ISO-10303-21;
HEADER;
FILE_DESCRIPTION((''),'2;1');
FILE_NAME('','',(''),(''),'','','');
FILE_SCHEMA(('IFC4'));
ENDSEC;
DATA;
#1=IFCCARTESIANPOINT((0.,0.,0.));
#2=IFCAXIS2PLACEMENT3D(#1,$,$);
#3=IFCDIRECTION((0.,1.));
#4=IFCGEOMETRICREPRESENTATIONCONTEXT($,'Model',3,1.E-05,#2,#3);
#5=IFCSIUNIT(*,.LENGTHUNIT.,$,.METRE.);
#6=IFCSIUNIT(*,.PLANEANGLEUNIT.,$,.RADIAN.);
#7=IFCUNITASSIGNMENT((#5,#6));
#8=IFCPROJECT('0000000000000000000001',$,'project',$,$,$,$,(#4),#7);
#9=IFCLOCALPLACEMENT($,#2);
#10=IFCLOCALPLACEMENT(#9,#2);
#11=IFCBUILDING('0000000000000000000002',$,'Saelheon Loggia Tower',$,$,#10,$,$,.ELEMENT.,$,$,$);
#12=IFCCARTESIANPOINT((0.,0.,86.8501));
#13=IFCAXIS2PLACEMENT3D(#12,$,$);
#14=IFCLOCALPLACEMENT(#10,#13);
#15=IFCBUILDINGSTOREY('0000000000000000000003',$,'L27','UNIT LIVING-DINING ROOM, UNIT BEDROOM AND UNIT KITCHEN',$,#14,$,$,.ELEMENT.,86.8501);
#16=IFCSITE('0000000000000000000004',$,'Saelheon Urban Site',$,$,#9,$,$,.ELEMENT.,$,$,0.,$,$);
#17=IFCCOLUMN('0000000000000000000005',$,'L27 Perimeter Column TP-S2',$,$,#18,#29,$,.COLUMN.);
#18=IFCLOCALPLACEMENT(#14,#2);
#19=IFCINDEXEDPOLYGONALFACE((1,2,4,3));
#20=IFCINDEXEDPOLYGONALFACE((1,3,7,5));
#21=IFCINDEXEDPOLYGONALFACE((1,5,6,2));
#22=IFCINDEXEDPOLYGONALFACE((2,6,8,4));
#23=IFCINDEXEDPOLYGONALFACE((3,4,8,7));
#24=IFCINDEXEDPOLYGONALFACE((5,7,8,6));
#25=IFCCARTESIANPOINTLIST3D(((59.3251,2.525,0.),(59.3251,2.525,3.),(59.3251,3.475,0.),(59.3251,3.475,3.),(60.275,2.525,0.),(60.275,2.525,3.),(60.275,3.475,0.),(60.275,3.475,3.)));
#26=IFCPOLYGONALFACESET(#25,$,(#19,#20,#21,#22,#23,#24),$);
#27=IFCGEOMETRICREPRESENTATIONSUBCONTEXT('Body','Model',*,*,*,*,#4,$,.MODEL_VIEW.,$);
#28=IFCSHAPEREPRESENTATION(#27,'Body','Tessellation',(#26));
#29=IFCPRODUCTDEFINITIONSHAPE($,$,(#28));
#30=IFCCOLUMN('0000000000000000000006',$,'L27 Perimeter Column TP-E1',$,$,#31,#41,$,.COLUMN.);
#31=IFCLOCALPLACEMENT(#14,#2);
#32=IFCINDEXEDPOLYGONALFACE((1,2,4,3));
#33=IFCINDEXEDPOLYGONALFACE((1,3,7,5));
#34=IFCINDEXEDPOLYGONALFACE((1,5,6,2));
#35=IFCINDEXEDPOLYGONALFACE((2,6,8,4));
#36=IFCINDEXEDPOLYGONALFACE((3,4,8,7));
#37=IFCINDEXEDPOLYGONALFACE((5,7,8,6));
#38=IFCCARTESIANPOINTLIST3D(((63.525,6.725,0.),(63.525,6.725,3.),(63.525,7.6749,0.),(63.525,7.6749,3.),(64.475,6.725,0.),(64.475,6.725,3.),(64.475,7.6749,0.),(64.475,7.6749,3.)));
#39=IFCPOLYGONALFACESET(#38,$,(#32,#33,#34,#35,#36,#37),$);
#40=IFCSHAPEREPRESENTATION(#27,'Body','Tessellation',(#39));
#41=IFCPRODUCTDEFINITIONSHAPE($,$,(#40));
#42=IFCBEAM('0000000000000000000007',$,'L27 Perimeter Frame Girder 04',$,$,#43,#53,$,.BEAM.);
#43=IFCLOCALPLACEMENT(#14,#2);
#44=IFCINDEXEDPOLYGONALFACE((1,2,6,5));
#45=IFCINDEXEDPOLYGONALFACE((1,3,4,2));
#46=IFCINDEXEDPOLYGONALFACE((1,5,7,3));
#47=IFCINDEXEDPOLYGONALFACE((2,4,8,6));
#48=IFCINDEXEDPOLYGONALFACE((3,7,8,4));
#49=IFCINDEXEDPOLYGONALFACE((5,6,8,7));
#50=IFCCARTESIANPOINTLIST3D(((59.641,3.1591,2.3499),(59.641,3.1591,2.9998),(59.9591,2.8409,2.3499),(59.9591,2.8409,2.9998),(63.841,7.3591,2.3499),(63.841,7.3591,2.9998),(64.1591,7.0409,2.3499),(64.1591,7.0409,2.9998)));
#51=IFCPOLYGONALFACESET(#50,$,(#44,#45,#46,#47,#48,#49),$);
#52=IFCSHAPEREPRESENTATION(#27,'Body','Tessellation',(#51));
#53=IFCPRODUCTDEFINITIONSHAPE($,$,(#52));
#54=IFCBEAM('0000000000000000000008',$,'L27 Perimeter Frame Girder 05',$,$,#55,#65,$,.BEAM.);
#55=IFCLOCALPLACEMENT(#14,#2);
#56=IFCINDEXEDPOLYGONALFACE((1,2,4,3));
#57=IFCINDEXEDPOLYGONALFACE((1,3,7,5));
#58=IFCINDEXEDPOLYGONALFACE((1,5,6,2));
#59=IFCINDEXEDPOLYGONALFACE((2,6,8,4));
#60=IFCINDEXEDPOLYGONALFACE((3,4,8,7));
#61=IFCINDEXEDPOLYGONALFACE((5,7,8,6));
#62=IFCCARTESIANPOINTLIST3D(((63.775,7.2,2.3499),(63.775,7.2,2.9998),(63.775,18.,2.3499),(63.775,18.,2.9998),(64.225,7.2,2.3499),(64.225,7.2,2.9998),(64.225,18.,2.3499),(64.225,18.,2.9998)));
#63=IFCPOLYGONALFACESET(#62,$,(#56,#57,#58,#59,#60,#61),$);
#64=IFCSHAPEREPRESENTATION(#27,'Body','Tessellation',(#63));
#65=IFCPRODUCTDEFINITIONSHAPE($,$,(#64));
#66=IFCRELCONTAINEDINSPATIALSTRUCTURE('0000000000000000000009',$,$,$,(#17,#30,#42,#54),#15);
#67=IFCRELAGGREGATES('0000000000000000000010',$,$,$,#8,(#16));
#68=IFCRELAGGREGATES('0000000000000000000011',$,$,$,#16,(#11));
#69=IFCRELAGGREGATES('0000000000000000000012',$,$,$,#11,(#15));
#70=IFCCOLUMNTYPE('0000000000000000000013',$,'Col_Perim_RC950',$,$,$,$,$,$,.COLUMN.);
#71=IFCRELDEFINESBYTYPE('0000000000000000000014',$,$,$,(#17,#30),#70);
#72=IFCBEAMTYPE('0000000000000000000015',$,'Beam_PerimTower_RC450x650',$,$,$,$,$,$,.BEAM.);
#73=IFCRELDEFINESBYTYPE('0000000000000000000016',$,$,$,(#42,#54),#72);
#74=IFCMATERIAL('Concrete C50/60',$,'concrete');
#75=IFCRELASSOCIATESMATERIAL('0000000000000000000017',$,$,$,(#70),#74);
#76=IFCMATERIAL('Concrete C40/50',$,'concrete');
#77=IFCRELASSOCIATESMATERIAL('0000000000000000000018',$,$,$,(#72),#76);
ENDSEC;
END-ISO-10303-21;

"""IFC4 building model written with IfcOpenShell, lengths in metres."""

from ifc_helpers import new_model, si_unit, direction, frame, origin, origin_2d, place, context, subcontext, project, spatial, rectangle, extrude, source, transform, mapped, material, material_profile, profile_set, type_object, element, save


model = new_model("IFC4")

# Units and contexts
model_context = context("Model", 3, precision=1e-05, world=origin(), true_north=direction((0.0, 1.0)))
body_context = subcontext(model_context, "Body", "Model", "MODEL_VIEW")
ifc_project = project(units=[si_unit("LENGTHUNIT", "METRE"), si_unit("PLANEANGLEUNIT", "RADIAN")], contexts=[model_context])

# Site, building, storey
site_placement = place(None, origin())
site = spatial("IfcSite", under=ifc_project, at=site_placement, Name="Saelheon Urban Site", CompositionType="ELEMENT", RefElevation=0.0)
building_placement = place(site_placement, origin())
building = spatial("IfcBuilding", under=site, at=building_placement, Name="Saelheon Loggia Tower", CompositionType="ELEMENT")
storey_placement = place(building_placement, frame((0.0, 0.0, 86.8501)))
storey = spatial("IfcBuildingStorey", under=building, at=storey_placement, Name="L27", Description="UNIT LIVING-DINING ROOM, UNIT BEDROOM AND UNIT KITCHEN", CompositionType="ELEMENT", Elevation=86.8501)

# Columns
ifc_material_1 = material(Name="Concrete C50/60", Category="concrete")
ifc_material_profile_1 = material_profile(ifc_material_1, rectangle(XDim=0.95, YDim=0.95, at=origin_2d()), Name="RC-950x950")
ifc_profile_set_1 = profile_set([ifc_material_profile_1], Name="Concrete C50/60")
column_type = type_object("IfcColumnType", Name="Col_Perim_RC950", PredefinedType="COLUMN", material=ifc_profile_set_1)
shared_shape_1 = source(origin(), body_context, "Body", "SweptSolid", [
    extrude(rectangle(XDim=0.95, YDim=0.95, at=origin_2d()), origin(), (0.0, 0.0, 1.0), 3.0),
])
for number, where, z_axis, x_axis, name in (
    (1, (59.8, 3.0, 0.0), (0.0, 0.0, 1.0), (1.0, 0.0, 0.0), "L27 Perimeter Column TP-S2"),
    (2, (64.0, 7.2, 0.0), (0.0, 0.0, 1.0), (1.0, 0.0, 0.0), "L27 Perimeter Column TP-E1"),
):
    element("IfcColumn", number, at=place(storey_placement, frame(where, z_axis=z_axis, x_axis=x_axis)), inside=storey, type_object=column_type, Name=name, PredefinedType="COLUMN", context=body_context, shape_type="MappedRepresentation", body=[
        mapped(shared_shape_1, transform((0.0, 0.0, 0.0), scale=1.0)),
    ])

# Beams
ifc_material_2 = material(Name="Concrete C40/50", Category="concrete")
ifc_material_profile_2 = material_profile(ifc_material_2, rectangle(XDim=0.45, YDim=0.6499, at=origin_2d()), Name="RC-450x650")
ifc_profile_set_2 = profile_set([ifc_material_profile_2], Name="Concrete C40/50")
beam_type = type_object("IfcBeamType", Name="Beam_PerimTower_RC450x650", PredefinedType="BEAM", material=ifc_profile_set_2)
shared_shape_2 = source(origin(), body_context, "Body", "SweptSolid", [
    extrude(rectangle(XDim=0.45, YDim=0.6499, at=origin_2d()), origin(), (0.0, 0.0, 1.0), 5.9397),
])
beam_1_placement = place(storey_placement, frame((59.8, 3.0, 2.6748), z_axis=(0.707107, 0.707107, 0.0), x_axis=(-0.707107, 0.707107, 0.0)))
element("IfcBeam", 3, at=beam_1_placement, inside=storey, type_object=beam_type, Name="L27 Perimeter Frame Girder 04", PredefinedType="BEAM", context=body_context, shape_type="MappedRepresentation", body=[
    mapped(shared_shape_2, transform((0.0, 0.0, 0.0), scale=1.0)),
])
shared_shape_3 = source(origin(), body_context, "Body", "SweptSolid", [
    extrude(rectangle(XDim=0.45, YDim=0.6499, at=origin_2d()), origin(), (0.0, 0.0, 1.0), 10.8),
])
beam_2_placement = place(storey_placement, frame((64.0, 7.2, 2.6748), z_axis=(0.0, 1.0, 0.0), x_axis=(-1.0, 0.0, 0.0)))
element("IfcBeam", 4, at=beam_2_placement, inside=storey, type_object=beam_type, Name="L27 Perimeter Frame Girder 05", PredefinedType="BEAM", context=body_context, shape_type="MappedRepresentation", body=[
    mapped(shared_shape_3, transform((0.0, 0.0, 0.0), scale=1.0)),
])

save(model, "model.ifc")
